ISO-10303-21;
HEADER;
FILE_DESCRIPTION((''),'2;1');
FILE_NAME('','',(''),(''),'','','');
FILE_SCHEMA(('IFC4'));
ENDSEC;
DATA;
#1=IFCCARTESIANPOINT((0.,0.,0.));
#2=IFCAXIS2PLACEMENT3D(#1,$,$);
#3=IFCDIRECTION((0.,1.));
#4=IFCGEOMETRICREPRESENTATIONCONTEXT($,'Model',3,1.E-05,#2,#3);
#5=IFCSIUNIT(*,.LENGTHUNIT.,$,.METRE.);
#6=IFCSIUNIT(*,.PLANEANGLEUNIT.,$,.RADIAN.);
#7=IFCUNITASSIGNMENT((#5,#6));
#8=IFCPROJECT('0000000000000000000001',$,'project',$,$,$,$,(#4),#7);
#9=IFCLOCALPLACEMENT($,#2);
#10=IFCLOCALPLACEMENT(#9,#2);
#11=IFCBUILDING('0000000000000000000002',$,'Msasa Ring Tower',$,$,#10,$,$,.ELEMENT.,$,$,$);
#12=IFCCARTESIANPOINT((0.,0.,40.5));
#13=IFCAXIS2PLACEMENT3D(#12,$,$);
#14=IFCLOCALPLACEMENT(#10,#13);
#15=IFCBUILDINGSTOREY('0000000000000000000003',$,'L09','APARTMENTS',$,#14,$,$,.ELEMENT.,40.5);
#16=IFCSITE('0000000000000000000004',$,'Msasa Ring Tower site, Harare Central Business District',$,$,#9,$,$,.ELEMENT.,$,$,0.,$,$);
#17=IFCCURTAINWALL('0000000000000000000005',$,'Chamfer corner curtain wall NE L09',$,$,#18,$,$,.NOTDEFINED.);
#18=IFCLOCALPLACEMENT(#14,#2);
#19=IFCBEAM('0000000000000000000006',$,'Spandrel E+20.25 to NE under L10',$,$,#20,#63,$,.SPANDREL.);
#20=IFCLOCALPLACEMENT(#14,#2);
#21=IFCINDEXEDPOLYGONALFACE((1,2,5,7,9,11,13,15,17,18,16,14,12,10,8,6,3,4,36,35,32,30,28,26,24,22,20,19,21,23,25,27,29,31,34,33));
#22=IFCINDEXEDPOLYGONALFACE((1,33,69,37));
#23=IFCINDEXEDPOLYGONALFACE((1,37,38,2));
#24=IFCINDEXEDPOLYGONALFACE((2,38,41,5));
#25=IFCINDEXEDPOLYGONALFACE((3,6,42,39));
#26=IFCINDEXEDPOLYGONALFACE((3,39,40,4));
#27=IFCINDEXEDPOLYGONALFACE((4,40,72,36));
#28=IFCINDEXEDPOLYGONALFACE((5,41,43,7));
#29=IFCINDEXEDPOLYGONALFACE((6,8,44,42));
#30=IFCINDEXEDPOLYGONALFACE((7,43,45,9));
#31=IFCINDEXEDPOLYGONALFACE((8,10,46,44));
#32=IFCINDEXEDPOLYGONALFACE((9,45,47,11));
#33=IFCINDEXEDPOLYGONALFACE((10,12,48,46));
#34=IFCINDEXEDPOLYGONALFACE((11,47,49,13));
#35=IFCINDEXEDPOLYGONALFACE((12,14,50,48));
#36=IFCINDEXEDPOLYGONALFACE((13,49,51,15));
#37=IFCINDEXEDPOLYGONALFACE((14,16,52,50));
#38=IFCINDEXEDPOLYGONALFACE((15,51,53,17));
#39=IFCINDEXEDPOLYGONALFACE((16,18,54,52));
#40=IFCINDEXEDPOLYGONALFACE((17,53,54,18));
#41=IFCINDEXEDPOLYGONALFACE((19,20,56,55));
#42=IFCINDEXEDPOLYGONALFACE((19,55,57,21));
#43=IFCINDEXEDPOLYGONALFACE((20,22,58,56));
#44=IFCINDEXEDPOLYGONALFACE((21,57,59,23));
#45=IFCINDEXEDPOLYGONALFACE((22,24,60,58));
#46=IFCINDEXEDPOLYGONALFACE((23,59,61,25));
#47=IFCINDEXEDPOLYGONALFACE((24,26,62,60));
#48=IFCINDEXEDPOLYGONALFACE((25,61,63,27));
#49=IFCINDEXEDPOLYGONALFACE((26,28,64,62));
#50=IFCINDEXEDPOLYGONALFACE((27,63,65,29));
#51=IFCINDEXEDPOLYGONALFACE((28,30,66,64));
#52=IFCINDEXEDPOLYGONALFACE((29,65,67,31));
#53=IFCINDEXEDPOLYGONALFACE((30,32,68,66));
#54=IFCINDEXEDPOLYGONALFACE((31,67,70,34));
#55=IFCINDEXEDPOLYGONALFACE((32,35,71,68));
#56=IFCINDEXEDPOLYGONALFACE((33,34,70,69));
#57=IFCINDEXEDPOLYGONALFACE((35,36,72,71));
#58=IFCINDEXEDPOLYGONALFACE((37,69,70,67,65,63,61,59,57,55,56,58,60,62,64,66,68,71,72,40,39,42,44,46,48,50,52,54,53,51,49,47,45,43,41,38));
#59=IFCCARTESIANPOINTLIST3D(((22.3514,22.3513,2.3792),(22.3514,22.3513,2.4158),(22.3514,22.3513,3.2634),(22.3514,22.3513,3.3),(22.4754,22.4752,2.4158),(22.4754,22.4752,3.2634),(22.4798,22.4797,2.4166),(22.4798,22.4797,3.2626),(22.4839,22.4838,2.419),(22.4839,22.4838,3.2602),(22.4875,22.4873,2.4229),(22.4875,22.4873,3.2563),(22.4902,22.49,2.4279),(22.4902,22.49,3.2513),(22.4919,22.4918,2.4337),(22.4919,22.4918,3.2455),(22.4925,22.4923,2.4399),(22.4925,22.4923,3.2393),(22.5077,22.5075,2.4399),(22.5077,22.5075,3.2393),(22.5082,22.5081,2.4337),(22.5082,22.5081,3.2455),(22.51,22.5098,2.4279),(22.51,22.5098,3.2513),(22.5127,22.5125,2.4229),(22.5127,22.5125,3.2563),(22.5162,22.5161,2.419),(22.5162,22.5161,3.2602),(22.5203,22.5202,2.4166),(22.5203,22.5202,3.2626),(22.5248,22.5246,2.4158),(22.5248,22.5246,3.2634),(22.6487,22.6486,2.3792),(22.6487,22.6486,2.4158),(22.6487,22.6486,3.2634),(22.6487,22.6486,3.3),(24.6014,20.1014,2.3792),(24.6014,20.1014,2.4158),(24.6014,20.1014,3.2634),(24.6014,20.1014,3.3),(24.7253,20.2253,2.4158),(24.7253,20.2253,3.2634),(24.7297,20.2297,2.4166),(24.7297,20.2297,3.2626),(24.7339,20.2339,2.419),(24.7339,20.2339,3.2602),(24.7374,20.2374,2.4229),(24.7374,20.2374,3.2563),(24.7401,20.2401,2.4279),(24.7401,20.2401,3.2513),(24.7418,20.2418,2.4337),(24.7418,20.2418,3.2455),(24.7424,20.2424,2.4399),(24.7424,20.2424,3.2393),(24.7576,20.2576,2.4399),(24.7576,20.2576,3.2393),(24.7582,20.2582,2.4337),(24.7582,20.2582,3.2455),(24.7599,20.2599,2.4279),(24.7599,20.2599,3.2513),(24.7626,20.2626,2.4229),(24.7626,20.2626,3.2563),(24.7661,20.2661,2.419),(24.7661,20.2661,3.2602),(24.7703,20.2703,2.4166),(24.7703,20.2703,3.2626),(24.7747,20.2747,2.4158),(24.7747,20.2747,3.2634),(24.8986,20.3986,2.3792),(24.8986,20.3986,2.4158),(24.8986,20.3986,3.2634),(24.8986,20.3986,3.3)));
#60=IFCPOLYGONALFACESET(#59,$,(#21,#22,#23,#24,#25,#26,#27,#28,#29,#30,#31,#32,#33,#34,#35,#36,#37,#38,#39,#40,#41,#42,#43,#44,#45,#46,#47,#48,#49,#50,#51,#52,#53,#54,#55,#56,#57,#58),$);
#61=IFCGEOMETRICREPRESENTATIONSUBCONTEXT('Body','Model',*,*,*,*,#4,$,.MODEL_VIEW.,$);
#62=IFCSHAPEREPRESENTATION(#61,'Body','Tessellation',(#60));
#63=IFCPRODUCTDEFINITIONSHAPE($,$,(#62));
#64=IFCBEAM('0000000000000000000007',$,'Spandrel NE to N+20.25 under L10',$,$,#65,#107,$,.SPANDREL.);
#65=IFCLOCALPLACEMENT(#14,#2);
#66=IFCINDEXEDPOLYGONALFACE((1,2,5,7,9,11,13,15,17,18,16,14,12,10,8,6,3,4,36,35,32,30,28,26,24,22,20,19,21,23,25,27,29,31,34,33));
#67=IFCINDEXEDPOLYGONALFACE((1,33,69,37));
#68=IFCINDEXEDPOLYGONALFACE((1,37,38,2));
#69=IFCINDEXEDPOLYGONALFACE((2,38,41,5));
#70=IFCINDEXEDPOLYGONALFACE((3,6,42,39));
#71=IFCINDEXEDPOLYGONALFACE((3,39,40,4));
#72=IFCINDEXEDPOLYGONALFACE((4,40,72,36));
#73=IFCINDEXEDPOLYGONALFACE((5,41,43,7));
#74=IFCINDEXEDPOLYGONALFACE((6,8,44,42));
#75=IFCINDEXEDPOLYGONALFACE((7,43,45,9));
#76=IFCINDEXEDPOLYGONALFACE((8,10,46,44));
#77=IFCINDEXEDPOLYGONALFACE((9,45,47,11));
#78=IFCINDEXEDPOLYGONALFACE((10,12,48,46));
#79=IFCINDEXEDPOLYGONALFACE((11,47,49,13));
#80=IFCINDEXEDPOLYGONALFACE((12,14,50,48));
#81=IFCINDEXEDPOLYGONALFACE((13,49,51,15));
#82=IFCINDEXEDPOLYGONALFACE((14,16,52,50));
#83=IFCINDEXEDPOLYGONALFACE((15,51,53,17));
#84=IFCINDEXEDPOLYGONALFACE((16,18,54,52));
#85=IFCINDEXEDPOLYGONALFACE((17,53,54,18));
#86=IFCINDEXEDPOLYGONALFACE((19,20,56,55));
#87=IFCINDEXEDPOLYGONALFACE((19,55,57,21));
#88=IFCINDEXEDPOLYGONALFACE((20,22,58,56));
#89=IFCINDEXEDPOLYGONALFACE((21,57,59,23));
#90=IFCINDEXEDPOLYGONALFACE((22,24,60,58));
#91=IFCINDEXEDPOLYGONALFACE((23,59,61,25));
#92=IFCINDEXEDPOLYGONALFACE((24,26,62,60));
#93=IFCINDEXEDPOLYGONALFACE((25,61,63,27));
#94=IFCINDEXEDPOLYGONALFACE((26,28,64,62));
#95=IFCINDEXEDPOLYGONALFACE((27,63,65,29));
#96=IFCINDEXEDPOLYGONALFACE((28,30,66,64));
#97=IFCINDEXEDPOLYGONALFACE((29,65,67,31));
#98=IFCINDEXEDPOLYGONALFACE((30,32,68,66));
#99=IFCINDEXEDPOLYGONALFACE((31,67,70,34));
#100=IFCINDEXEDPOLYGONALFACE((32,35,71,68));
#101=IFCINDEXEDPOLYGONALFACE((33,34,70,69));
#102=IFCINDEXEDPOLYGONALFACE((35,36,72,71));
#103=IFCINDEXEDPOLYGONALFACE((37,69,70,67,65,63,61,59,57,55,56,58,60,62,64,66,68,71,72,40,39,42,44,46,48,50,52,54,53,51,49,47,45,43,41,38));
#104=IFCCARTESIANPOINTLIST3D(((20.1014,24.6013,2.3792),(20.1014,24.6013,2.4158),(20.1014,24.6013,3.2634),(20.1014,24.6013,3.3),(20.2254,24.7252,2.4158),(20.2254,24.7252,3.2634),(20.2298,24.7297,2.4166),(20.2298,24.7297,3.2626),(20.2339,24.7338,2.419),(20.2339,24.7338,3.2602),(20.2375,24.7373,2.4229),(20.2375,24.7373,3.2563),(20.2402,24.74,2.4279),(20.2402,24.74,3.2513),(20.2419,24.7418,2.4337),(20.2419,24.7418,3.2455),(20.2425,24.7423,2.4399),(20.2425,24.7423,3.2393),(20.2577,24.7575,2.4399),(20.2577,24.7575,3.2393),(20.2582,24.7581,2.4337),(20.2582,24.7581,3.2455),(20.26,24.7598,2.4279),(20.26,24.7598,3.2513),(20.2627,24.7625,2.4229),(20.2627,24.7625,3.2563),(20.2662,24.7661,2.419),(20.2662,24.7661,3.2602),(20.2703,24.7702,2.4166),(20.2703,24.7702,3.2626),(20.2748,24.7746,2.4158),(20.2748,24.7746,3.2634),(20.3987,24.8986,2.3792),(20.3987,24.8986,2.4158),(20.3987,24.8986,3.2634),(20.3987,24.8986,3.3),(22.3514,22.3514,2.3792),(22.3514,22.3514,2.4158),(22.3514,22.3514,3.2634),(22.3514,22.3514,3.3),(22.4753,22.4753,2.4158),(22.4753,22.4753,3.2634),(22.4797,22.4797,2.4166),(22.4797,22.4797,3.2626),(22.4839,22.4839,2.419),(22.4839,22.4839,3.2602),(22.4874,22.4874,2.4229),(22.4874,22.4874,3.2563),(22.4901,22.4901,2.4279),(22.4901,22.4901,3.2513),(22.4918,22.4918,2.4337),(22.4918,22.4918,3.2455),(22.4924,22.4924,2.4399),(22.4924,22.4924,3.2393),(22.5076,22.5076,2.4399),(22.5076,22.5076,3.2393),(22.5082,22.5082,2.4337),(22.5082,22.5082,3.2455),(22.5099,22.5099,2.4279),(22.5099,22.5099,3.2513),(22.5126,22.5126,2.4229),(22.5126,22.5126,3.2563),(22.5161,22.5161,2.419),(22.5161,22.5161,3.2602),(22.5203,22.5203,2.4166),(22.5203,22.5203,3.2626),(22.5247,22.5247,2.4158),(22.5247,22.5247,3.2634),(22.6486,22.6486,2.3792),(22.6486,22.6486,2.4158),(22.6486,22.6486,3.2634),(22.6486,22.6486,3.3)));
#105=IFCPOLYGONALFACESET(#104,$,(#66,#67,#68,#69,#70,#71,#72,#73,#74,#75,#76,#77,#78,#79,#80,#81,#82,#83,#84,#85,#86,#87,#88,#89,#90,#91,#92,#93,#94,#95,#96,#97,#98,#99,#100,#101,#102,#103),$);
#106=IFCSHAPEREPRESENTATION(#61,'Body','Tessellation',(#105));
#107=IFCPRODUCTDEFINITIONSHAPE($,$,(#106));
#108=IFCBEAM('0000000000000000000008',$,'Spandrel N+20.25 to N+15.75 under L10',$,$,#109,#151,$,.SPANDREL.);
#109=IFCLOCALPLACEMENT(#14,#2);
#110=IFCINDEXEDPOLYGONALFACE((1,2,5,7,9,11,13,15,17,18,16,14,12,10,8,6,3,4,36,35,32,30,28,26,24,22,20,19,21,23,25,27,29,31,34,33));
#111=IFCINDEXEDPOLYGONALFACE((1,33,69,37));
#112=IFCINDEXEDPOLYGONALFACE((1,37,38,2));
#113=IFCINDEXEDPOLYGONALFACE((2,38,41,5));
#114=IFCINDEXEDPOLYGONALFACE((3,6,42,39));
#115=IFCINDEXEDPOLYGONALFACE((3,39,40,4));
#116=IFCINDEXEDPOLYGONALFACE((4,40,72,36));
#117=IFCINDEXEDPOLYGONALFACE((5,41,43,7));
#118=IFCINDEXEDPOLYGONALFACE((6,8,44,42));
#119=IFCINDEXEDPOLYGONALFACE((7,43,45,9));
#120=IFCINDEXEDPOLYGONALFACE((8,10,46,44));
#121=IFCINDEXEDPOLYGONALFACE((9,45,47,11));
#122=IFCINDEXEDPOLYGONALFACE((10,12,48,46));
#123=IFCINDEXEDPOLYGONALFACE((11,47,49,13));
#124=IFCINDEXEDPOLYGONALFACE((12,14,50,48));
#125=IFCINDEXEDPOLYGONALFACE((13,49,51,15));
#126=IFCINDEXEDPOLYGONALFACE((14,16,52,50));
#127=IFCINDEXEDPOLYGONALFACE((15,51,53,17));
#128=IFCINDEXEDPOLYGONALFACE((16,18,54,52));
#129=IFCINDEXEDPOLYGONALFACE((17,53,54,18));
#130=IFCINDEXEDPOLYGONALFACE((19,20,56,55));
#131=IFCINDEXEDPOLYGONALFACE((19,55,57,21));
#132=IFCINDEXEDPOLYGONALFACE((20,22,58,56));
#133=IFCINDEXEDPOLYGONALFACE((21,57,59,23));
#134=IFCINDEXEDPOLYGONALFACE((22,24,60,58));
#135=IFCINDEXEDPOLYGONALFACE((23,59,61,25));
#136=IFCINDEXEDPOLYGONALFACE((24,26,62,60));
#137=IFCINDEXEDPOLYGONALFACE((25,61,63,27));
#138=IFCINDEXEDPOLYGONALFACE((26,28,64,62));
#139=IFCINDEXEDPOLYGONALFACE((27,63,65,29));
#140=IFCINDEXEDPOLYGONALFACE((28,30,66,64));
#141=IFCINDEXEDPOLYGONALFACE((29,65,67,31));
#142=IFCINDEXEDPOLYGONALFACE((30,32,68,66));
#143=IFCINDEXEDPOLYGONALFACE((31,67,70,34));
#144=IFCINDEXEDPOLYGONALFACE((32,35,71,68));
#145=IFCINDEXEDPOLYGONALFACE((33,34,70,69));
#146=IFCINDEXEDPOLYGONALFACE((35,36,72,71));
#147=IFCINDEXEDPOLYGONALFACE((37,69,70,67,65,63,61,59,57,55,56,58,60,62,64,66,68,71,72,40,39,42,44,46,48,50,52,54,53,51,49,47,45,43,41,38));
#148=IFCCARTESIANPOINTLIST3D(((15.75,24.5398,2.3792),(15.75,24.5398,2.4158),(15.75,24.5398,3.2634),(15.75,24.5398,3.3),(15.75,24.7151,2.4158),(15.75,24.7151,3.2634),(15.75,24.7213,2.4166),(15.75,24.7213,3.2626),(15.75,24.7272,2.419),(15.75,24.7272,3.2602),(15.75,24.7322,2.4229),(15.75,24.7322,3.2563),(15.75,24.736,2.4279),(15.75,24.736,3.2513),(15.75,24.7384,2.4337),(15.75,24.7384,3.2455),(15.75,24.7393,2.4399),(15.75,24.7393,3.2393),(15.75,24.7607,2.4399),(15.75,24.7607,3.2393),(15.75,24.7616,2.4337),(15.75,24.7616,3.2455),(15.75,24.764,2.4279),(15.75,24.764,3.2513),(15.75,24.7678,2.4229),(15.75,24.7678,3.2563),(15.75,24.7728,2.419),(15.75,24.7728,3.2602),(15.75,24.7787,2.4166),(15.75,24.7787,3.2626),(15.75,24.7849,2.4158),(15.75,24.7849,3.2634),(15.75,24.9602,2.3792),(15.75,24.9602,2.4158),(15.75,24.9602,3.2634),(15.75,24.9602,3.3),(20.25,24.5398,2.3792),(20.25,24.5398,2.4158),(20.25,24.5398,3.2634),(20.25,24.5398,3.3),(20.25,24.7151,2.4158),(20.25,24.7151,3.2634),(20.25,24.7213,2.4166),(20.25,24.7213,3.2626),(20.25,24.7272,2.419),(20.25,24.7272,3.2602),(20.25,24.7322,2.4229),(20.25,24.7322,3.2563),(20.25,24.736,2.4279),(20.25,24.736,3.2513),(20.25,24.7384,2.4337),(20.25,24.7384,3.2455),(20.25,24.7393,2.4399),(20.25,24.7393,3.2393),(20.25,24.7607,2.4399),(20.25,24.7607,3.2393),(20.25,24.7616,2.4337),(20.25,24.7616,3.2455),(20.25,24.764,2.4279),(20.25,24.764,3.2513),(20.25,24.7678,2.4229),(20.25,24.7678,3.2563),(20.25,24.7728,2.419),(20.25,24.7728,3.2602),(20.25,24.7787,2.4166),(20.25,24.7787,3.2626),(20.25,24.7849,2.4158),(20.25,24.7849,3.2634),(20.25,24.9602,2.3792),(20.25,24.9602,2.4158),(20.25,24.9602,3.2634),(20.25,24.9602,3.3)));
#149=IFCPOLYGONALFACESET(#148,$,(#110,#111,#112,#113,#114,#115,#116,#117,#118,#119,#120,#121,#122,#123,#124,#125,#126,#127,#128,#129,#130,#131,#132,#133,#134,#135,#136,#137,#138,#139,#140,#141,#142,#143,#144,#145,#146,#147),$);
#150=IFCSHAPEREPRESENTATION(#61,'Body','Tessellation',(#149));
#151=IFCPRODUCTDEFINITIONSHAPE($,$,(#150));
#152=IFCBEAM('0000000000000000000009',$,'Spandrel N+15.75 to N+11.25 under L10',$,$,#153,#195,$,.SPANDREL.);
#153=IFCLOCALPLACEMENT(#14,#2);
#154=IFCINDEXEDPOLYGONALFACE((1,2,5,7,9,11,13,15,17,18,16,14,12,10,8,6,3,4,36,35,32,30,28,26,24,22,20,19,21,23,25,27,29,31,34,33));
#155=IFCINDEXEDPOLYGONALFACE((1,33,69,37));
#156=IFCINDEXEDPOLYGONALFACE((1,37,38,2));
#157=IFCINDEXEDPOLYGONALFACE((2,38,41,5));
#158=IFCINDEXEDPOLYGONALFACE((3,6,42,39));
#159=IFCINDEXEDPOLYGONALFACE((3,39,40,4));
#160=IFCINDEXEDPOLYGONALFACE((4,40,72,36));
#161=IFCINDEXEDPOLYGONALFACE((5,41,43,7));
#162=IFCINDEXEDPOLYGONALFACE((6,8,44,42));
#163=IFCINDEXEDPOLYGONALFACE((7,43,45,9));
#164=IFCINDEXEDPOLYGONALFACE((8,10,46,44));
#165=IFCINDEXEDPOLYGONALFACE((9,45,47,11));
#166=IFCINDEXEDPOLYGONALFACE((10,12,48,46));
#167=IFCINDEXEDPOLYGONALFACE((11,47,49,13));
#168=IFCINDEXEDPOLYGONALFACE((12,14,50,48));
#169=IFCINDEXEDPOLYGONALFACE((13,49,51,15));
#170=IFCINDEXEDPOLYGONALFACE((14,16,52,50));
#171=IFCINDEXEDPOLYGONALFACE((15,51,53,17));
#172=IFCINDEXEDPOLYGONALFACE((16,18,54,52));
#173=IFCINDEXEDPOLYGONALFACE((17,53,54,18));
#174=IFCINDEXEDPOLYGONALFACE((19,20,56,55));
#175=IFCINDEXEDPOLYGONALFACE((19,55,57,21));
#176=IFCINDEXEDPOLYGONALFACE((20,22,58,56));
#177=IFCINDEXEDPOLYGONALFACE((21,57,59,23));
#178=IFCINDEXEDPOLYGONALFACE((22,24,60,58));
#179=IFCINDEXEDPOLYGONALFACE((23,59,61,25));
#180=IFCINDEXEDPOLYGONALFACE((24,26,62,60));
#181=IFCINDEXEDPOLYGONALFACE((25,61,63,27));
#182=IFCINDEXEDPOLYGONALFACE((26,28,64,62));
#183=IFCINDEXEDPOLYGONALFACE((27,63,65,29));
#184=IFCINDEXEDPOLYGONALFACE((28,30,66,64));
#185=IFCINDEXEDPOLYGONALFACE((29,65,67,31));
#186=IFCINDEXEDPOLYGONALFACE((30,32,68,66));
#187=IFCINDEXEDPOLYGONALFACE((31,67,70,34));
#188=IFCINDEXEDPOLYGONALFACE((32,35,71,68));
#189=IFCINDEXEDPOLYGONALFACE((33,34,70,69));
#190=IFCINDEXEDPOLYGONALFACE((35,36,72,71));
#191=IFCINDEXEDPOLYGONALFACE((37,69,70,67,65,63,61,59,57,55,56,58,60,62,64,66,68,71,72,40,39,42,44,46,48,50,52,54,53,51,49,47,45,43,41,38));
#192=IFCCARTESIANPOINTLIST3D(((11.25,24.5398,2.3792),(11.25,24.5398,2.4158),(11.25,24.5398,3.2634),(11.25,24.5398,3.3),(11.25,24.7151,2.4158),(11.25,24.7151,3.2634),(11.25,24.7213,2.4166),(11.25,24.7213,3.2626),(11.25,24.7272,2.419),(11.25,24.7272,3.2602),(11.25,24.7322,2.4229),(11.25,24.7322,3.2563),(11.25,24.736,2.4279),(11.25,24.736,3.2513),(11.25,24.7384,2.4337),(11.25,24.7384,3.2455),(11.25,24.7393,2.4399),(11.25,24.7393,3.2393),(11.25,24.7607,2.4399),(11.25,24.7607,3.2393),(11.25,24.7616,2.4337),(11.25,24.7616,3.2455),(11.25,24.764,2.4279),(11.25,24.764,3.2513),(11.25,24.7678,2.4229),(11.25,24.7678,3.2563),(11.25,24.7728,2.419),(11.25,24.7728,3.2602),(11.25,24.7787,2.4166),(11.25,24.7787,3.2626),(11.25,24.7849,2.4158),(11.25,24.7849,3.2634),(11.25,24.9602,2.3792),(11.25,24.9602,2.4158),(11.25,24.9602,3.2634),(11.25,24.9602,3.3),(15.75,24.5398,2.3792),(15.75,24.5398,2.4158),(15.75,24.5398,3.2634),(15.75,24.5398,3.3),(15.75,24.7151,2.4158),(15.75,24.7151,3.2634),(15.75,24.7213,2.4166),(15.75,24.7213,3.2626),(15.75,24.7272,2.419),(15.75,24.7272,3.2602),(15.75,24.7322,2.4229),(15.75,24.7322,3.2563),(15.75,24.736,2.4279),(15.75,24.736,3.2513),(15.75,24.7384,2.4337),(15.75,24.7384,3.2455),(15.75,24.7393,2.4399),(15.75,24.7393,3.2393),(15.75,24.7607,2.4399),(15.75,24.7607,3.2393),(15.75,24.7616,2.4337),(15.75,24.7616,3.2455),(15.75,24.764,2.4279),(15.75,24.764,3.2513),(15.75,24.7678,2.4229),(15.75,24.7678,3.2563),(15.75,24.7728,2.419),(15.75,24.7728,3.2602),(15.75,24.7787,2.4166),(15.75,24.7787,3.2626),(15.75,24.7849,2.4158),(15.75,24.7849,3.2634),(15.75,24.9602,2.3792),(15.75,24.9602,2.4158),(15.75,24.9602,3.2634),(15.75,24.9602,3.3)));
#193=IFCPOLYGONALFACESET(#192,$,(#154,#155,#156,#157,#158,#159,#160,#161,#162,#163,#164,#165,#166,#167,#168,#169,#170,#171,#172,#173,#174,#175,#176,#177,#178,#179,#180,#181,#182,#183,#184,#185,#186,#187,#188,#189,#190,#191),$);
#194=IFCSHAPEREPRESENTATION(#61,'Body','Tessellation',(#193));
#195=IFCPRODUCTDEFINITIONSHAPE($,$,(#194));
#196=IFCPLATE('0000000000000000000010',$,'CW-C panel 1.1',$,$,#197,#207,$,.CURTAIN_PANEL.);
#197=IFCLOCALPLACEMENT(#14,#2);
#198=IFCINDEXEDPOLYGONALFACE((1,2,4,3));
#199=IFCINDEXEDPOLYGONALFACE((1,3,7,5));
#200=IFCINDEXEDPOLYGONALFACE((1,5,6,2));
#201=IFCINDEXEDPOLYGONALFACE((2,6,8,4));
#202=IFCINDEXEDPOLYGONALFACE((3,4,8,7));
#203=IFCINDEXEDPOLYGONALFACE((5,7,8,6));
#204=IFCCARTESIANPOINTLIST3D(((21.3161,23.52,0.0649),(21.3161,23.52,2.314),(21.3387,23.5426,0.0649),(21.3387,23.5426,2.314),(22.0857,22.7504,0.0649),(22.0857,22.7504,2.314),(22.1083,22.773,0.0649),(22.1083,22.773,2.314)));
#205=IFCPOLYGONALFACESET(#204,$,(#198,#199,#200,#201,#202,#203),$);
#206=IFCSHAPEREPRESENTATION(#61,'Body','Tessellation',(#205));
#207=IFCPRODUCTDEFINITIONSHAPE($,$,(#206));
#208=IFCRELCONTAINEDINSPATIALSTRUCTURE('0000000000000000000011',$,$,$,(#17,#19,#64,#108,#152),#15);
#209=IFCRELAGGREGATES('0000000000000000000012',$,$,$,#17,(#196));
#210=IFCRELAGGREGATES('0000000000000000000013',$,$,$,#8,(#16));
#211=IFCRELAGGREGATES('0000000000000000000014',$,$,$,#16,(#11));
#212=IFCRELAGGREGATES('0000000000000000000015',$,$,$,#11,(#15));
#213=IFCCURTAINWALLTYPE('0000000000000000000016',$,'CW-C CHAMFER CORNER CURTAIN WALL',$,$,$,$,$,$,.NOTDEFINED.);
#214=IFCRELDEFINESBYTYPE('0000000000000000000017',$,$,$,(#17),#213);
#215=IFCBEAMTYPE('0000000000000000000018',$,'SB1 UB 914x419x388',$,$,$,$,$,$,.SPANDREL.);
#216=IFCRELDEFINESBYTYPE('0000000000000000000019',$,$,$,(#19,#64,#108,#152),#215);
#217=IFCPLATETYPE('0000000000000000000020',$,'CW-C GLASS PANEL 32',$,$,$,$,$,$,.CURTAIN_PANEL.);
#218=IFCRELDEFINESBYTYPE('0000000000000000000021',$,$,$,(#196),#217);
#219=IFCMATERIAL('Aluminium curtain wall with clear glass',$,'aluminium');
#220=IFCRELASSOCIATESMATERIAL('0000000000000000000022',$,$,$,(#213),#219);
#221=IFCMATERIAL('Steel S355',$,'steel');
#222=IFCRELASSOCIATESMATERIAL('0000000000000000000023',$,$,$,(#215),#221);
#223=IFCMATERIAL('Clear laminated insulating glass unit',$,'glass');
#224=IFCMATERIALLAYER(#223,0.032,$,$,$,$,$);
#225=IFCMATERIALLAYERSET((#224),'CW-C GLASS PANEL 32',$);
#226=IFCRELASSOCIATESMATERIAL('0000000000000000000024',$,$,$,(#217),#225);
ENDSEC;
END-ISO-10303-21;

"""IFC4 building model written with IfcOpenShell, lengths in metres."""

from ifc_helpers import new_model, si_unit, direction, frame, origin, origin_2d, place, context, subcontext, project, spatial, rectangle, i_section, extrude, material, layer, layer_set, material_profile, profile_set, type_object, element, aggregate, save


model = new_model("IFC4")

# Units and contexts
model_context = context("Model", 3, precision=1e-05, world=origin(), true_north=direction((0.0, 1.0)))
body_context = subcontext(model_context, "Body", "Model", "MODEL_VIEW")
ifc_project = project(units=[si_unit("LENGTHUNIT", "METRE"), si_unit("PLANEANGLEUNIT", "RADIAN")], contexts=[model_context])

# Site, building, storey
site_placement = place(None, origin())
site = spatial("IfcSite", under=ifc_project, at=site_placement, Name="Msasa Ring Tower site, Harare Central Business District", CompositionType="ELEMENT", RefElevation=0.0)
building_placement = place(site_placement, origin())
building = spatial("IfcBuilding", under=site, at=building_placement, Name="Msasa Ring Tower", CompositionType="ELEMENT")
storey_placement = place(building_placement, frame((0.0, 0.0, 40.5)))
storey = spatial("IfcBuildingStorey", under=building, at=storey_placement, Name="L09", Description="APARTMENTS", CompositionType="ELEMENT", Elevation=40.5)

# Curtain wall
ifc_material_1 = material(Name="Aluminium curtain wall with clear glass", Category="aluminium")
curtain_wall_type = type_object("IfcCurtainWallType", Name="CW-C CHAMFER CORNER CURTAIN WALL", PredefinedType="NOTDEFINED", material=ifc_material_1)
curtain_wall_1_placement = place(storey_placement, origin())
curtain_wall_1 = element("IfcCurtainWall", 1, at=curtain_wall_1_placement, inside=storey, type_object=curtain_wall_type, Name="Chamfer corner curtain wall NE L09", PredefinedType="NOTDEFINED")

# Beams
ifc_material_2 = material(Name="Steel S355", Category="steel")
ifc_material_profile_1 = material_profile(ifc_material_2, i_section(OverallWidth=0.4204, OverallDepth=0.9209, WebThickness=0.0215, FlangeThickness=0.0366, FilletRadius=0.0242, at=origin_2d()), Name="UB 914x419x388")
ifc_profile_set_1 = profile_set([ifc_material_profile_1], Name="Steel S355")
beam_type_1 = type_object("IfcBeamType", Name="SB1 UB 914x419x388", PredefinedType="SPANDREL", material=ifc_profile_set_1)
for number, where, z_axis, x_axis, name in (
    (2, (24.75, 20.25, 2.8396), (-0.707107, 0.707107, 0.0), (-0.707107, -0.707107, 0.0), "Spandrel E+20.25 to NE under L10"),
    (3, (22.5, 22.5, 2.8396), (-0.707107, 0.707107, 0.0), (-0.707107, -0.707107, 0.0), "Spandrel NE to N+20.25 under L10"),
):
    element("IfcBeam", number, at=place(storey_placement, frame(where, z_axis=z_axis, x_axis=x_axis)), inside=storey, type_object=beam_type_1, Name=name, PredefinedType="SPANDREL", context=body_context, shape_type="SweptSolid", body=[
        extrude(i_section(OverallWidth=0.4204, OverallDepth=0.9209, WebThickness=0.0215, FlangeThickness=0.0366, FilletRadius=0.0242, at=origin_2d()), origin(), (0.0, 0.0, 1.0), 3.1819),
    ])
for number, where, z_axis, x_axis, name in (
    (4, (20.25, 24.75, 2.8396), (-1.0, 0.0, 0.0), (0.0, -1.0, 0.0), "Spandrel N+20.25 to N+15.75 under L10"),
    (5, (15.75, 24.75, 2.8396), (-1.0, 0.0, 0.0), (0.0, -1.0, 0.0), "Spandrel N+15.75 to N+11.25 under L10"),
):
    element("IfcBeam", number, at=place(storey_placement, frame(where, z_axis=z_axis, x_axis=x_axis)), inside=storey, type_object=beam_type_1, Name=name, PredefinedType="SPANDREL", context=body_context, shape_type="SweptSolid", body=[
        extrude(i_section(OverallWidth=0.4204, OverallDepth=0.9209, WebThickness=0.0215, FlangeThickness=0.0366, FilletRadius=0.0242, at=origin_2d()), origin(), (0.0, 0.0, 1.0), 4.5),
    ])

# Plate
ifc_material_3 = material(Name="Clear laminated insulating glass unit", Category="glass")
ifc_layer_1 = layer(ifc_material_3, 0.032)
ifc_layer_set_1 = layer_set([ifc_layer_1], Name="CW-C GLASS PANEL 32")
plate_type = type_object("IfcPlateType", Name="CW-C GLASS PANEL 32", PredefinedType="CURTAIN_PANEL", material=ifc_layer_set_1)
plate_1_placement = place(storey_placement, frame((21.7122, 23.1465, 0.0649), z_axis=(0.0, 0.0, 1.0), x_axis=(-0.707107, 0.707107, 0.0)))
plate_1 = element("IfcPlate", 6, at=plate_1_placement, type_object=plate_type, Name="CW-C panel 1.1", PredefinedType="CURTAIN_PANEL", context=body_context, shape_type="SweptSolid", body=[
    extrude(rectangle(XDim=1.0884, YDim=0.032, at=origin_2d()), origin(), (0.0, 0.0, 1.0), 2.249),
])
aggregate(curtain_wall_1, [plate_1])

save(model, "model.ifc")
